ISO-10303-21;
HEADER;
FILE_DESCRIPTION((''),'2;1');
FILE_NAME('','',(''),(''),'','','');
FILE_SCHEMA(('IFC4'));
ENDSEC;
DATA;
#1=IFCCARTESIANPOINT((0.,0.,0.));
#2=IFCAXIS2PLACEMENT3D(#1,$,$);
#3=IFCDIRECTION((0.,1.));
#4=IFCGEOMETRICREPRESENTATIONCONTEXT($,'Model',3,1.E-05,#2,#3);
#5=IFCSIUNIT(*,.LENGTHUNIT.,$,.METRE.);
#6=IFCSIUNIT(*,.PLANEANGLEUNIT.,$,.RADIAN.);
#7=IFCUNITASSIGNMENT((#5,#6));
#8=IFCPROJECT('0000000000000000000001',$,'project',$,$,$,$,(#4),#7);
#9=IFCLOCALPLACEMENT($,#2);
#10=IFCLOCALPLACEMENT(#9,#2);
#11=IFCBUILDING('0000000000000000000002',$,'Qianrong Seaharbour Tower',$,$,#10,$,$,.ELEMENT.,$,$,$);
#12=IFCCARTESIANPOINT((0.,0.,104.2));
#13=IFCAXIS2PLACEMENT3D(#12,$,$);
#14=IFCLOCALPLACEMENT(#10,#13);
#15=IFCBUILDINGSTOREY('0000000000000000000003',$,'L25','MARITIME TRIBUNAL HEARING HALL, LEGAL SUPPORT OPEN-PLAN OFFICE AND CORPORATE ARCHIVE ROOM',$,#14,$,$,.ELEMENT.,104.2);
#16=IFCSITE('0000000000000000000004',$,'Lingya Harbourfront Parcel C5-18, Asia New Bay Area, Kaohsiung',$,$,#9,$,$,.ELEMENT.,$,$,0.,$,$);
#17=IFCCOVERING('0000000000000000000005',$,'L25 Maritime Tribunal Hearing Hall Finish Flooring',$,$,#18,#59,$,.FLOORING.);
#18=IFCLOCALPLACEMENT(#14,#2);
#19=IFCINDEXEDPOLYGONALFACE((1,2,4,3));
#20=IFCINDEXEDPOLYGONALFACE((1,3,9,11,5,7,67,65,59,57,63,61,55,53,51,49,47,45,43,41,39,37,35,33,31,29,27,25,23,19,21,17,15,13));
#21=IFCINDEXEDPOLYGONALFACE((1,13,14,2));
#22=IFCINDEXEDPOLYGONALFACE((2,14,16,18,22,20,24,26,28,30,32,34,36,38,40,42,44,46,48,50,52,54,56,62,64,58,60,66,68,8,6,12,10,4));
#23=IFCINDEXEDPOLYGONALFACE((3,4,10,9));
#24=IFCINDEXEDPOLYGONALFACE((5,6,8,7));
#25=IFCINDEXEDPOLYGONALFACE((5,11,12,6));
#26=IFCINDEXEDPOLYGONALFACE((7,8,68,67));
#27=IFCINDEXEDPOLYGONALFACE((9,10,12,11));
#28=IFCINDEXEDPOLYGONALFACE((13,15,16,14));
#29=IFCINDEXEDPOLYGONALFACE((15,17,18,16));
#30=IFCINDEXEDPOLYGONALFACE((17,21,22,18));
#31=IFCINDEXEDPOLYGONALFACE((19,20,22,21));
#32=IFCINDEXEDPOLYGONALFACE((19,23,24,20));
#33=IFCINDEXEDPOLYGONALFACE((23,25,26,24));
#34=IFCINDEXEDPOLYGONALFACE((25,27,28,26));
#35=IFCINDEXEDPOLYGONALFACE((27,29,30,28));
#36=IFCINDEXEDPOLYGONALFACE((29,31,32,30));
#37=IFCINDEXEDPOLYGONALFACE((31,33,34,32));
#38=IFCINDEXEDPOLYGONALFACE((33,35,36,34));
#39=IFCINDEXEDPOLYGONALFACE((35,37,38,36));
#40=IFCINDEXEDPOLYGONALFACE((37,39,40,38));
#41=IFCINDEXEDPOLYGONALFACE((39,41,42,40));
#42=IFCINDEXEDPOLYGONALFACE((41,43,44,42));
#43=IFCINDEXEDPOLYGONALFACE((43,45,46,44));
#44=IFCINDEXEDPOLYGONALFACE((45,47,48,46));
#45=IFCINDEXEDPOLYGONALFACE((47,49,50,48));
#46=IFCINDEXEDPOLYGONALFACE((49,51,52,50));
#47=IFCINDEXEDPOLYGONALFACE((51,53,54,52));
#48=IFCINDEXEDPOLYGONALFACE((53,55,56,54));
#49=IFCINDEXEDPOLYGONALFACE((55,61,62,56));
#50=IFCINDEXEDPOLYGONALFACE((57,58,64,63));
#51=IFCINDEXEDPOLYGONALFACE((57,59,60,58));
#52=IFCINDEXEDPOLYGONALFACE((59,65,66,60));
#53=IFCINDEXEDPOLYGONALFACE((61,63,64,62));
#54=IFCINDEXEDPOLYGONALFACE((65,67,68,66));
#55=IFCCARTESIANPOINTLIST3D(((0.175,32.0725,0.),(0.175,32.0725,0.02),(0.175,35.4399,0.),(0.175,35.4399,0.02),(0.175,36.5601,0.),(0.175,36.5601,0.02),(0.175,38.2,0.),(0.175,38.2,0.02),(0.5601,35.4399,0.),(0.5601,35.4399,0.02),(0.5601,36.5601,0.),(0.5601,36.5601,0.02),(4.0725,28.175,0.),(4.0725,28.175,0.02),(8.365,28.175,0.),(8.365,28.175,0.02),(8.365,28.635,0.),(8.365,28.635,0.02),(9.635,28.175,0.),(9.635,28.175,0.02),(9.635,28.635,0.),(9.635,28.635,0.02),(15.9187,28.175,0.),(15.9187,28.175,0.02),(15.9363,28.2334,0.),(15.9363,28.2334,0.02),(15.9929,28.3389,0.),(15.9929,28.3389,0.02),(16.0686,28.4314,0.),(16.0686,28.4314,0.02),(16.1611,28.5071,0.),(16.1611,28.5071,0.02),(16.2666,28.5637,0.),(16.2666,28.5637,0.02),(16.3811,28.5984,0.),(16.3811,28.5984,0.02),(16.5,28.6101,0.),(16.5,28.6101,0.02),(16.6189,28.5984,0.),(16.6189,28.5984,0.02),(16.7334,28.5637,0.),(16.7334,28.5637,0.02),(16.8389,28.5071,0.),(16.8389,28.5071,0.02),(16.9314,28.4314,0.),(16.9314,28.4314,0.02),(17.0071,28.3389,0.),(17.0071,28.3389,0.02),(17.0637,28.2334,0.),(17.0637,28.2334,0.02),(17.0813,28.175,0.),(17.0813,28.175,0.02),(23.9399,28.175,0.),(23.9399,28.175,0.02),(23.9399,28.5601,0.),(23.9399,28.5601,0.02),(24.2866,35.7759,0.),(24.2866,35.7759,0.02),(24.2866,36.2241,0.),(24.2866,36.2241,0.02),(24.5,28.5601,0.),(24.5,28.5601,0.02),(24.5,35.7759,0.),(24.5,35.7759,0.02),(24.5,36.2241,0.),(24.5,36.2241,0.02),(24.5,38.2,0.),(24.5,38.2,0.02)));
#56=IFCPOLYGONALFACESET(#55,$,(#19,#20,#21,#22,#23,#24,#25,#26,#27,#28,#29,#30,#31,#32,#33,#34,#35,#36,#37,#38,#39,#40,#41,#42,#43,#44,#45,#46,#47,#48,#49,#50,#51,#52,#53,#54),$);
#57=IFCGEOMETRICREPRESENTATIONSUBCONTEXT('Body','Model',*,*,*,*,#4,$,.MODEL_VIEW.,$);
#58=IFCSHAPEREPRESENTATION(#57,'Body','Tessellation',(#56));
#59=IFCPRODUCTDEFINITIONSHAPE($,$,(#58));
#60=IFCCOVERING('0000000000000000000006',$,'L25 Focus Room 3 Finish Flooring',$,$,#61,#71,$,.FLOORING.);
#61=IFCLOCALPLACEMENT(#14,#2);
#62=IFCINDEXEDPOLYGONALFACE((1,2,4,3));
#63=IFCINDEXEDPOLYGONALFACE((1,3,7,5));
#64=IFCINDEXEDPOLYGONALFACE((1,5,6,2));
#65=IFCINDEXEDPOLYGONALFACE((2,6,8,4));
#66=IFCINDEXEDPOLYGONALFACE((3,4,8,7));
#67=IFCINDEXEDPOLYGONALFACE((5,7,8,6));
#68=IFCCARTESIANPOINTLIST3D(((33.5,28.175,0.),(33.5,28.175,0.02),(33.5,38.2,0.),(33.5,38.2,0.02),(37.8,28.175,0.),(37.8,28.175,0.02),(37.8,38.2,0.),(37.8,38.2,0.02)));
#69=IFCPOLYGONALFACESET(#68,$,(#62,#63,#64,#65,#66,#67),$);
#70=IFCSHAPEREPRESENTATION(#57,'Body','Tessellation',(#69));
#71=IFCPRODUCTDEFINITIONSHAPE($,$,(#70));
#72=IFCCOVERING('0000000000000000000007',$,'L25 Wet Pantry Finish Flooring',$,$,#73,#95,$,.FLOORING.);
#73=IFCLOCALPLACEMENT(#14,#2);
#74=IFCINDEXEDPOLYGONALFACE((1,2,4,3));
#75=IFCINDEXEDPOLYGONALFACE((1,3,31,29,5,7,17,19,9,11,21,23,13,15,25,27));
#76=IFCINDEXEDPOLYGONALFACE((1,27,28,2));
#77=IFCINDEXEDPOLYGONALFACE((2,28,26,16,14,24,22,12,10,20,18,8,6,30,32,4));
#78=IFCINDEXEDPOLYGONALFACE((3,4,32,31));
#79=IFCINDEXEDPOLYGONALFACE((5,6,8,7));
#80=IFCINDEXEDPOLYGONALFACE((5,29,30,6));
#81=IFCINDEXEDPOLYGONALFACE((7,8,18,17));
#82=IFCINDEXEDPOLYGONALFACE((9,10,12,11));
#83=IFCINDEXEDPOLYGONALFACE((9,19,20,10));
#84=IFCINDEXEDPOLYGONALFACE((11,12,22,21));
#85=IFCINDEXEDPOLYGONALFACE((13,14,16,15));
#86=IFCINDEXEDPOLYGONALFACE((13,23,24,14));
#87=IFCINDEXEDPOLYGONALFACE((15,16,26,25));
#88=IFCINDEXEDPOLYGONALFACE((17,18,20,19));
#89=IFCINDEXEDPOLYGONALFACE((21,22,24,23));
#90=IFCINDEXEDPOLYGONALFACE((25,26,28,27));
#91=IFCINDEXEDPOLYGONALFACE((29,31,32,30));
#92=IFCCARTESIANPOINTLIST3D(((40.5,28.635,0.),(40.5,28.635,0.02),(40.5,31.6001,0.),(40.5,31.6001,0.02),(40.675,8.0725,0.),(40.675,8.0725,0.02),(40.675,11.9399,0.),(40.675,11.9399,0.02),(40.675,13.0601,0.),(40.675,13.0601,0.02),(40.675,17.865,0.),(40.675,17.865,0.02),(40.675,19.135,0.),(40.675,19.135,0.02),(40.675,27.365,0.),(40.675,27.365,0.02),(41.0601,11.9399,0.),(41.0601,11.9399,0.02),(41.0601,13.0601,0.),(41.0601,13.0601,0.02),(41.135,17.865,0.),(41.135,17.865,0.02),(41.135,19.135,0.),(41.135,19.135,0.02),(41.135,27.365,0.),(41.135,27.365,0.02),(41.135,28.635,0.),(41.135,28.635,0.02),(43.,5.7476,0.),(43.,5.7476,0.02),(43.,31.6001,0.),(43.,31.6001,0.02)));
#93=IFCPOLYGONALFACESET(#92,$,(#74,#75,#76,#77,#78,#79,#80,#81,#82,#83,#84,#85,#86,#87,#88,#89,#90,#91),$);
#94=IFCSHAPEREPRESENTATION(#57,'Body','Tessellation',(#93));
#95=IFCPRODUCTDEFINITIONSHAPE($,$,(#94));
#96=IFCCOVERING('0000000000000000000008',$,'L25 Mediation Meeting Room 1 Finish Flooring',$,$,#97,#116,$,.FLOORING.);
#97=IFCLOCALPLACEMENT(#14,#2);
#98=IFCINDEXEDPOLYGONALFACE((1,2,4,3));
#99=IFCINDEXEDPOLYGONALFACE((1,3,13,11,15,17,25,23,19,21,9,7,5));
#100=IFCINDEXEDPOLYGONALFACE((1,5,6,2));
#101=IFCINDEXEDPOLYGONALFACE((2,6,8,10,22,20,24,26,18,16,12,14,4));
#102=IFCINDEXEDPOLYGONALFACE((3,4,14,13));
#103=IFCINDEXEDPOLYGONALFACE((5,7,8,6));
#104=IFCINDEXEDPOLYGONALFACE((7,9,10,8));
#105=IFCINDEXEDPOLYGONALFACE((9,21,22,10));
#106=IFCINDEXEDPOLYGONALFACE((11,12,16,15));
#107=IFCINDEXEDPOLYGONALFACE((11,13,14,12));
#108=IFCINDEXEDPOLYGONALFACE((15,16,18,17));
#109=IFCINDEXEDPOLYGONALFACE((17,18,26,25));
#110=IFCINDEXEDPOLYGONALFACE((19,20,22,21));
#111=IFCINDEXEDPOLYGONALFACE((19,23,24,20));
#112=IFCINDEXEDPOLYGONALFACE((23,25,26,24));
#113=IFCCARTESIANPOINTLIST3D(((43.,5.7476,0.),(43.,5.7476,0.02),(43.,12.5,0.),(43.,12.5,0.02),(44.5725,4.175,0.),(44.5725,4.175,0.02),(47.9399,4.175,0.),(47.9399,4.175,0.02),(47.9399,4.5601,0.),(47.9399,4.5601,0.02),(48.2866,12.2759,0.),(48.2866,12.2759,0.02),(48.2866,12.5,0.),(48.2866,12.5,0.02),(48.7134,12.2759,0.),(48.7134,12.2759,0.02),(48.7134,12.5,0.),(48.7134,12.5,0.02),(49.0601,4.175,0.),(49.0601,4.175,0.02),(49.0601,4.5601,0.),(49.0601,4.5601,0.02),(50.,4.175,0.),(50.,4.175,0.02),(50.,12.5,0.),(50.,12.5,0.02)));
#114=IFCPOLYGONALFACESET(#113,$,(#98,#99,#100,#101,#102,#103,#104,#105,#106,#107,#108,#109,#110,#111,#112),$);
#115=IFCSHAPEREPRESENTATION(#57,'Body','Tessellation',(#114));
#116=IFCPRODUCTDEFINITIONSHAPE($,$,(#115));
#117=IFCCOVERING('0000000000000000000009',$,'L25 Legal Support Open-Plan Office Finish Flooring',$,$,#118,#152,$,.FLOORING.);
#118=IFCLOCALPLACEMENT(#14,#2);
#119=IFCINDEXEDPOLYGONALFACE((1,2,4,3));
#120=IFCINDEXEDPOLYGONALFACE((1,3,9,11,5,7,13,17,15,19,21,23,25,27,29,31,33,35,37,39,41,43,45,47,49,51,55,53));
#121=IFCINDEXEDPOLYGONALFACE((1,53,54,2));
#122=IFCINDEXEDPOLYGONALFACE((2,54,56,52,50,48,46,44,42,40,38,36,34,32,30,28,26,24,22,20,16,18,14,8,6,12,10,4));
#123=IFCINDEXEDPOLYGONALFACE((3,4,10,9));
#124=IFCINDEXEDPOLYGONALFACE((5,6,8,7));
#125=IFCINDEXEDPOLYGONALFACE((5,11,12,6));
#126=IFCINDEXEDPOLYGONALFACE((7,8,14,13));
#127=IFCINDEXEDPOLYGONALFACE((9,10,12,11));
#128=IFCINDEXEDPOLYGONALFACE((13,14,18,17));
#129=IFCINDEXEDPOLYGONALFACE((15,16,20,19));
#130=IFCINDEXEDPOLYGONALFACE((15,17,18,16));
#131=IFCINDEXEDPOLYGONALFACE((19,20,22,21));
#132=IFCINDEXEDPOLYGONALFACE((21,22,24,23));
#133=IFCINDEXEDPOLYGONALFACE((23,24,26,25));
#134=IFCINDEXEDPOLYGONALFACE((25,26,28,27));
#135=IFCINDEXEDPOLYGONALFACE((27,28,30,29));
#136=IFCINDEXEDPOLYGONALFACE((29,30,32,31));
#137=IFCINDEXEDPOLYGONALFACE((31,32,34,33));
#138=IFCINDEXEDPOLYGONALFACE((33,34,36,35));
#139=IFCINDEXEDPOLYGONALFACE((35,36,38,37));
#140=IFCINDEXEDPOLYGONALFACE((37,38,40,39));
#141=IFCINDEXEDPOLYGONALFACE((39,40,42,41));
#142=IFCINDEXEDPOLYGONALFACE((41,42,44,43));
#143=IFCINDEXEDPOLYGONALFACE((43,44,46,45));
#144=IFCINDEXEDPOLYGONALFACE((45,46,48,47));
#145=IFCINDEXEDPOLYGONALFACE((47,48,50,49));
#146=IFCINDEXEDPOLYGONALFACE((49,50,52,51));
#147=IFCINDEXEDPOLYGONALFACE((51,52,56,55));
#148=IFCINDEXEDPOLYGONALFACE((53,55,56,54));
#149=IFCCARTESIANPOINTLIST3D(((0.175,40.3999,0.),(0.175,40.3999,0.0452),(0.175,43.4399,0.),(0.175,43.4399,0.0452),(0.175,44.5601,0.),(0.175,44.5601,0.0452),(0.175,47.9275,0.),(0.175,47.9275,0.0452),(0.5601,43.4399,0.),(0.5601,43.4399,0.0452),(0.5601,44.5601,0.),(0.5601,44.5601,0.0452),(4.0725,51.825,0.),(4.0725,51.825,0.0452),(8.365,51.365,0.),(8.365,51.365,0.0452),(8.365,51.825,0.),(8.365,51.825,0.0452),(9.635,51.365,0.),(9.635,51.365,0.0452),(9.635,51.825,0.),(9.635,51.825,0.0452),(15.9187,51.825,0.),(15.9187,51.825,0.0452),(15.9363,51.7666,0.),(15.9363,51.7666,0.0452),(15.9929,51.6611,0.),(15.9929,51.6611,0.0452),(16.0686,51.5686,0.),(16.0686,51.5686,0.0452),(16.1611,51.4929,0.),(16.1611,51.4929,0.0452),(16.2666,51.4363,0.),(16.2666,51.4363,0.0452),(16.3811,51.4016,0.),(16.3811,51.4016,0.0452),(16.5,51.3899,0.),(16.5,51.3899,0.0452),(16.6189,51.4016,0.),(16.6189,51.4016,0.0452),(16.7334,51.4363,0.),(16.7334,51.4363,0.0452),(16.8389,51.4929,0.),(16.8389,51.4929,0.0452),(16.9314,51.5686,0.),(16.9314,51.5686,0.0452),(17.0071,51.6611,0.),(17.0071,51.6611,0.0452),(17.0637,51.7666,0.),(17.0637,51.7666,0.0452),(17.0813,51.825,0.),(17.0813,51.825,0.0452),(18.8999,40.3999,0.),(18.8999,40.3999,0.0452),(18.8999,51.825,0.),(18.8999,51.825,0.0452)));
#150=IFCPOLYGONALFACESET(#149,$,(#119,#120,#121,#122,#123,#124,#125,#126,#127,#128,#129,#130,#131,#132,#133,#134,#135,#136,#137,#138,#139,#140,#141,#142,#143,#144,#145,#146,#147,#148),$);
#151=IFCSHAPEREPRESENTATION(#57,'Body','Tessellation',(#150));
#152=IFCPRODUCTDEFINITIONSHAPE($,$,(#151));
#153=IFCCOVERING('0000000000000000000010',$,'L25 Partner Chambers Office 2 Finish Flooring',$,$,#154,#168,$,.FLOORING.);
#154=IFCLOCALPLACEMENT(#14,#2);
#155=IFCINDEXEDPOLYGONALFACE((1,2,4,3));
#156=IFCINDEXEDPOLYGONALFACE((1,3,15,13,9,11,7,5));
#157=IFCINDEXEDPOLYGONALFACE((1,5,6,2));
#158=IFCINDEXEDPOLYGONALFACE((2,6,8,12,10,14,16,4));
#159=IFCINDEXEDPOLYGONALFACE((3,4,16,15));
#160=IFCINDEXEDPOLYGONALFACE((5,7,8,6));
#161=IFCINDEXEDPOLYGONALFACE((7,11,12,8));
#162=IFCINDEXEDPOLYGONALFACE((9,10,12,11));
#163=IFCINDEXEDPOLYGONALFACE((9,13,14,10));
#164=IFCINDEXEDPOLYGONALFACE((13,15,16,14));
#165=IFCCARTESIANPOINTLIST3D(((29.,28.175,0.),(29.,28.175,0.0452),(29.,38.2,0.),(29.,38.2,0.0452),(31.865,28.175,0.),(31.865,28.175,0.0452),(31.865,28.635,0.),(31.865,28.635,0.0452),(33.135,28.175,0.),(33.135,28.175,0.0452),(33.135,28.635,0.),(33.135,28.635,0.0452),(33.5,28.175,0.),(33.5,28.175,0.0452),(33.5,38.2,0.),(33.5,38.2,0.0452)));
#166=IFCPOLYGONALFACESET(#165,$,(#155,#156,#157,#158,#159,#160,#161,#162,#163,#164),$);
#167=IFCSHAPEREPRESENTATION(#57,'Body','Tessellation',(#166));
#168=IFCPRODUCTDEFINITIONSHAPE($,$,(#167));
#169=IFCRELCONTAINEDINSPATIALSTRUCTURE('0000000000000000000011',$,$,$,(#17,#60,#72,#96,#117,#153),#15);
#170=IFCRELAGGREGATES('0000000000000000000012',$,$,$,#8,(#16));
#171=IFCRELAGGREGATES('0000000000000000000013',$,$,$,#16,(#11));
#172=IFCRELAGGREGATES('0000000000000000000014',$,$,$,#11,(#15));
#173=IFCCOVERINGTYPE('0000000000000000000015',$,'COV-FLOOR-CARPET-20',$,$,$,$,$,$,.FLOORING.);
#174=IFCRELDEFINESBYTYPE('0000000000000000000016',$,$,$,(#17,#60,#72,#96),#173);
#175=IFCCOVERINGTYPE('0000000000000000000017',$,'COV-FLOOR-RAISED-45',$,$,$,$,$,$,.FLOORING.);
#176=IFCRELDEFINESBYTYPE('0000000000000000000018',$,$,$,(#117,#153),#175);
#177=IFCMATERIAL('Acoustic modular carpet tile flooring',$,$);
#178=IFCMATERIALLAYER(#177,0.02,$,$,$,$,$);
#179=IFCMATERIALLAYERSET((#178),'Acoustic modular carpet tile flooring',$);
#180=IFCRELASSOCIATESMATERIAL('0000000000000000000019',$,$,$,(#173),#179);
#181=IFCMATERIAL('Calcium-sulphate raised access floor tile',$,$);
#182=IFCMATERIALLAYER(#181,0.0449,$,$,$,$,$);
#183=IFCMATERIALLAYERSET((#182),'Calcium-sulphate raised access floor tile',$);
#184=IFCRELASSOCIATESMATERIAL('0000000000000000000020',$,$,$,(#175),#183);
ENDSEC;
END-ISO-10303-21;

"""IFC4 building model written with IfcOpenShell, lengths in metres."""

from ifc_helpers import new_model, si_unit, direction, frame, origin, place, context, subcontext, project, spatial, polyline, outline, extrude, material, layer, layer_set, type_object, element, save


model = new_model("IFC4")

# Units and contexts
model_context = context("Model", 3, precision=1e-05, world=origin(), true_north=direction((0.0, 1.0)))
body_context = subcontext(model_context, "Body", "Model", "MODEL_VIEW")
ifc_project = project(units=[si_unit("LENGTHUNIT", "METRE"), si_unit("PLANEANGLEUNIT", "RADIAN")], contexts=[model_context])

# Site, building, storey
site_placement = place(None, origin())
site = spatial("IfcSite", under=ifc_project, at=site_placement, Name="Lingya Harbourfront Parcel C5-18, Asia New Bay Area, Kaohsiung", CompositionType="ELEMENT", RefElevation=0.0)
building_placement = place(site_placement, origin())
building = spatial("IfcBuilding", under=site, at=building_placement, Name="Qianrong Seaharbour Tower", CompositionType="ELEMENT")
storey_placement = place(building_placement, frame((0.0, 0.0, 104.2)))
storey = spatial("IfcBuildingStorey", under=building, at=storey_placement, Name="L25", Description="MARITIME TRIBUNAL HEARING HALL, LEGAL SUPPORT OPEN-PLAN OFFICE AND CORPORATE ARCHIVE ROOM", CompositionType="ELEMENT", Elevation=104.2)

# Coverings
ifc_material_1 = material(Name="Acoustic modular carpet tile flooring")
ifc_layer_1 = layer(ifc_material_1, 0.02)
ifc_layer_set_1 = layer_set([ifc_layer_1], Name="Acoustic modular carpet tile flooring")
covering_type_1 = type_object("IfcCoveringType", Name="COV-FLOOR-CARPET-20", PredefinedType="FLOORING", material=ifc_layer_set_1)
covering_1_placement = place(storey_placement, origin())
element("IfcCovering", 1, at=covering_1_placement, inside=storey, type_object=covering_type_1, Name="L25 Maritime Tribunal Hearing Hall Finish Flooring", PredefinedType="FLOORING", context=body_context, shape_type="SweptSolid", body=[
    extrude(outline(polyline([(17.0813, 28.175), (17.0637, 28.2334), (17.0071, 28.3389), (16.9314, 28.4314), (16.8389, 28.5071), (16.7334, 28.5637), (16.6189, 28.5984), (16.5, 28.6101), (16.3811, 28.5984), (16.2666, 28.5637), (16.1611, 28.5071), (16.0686, 28.4314), (15.9929, 28.3389), (15.9363, 28.2334), (15.9187, 28.175), (9.635, 28.175), (9.635, 28.635), (8.365, 28.635), (8.365, 28.175), (4.0725, 28.175), (0.175, 32.0725), (0.175, 35.4399), (0.5601, 35.4399), (0.5601, 36.5601), (0.175, 36.5601), (0.175, 38.2), (24.5, 38.2), (24.5, 36.2241), (24.2866, 36.2241), (24.2866, 35.7759), (24.5, 35.7759), (24.5, 28.5601), (23.9399, 28.5601), (23.9399, 28.175), (17.0813, 28.175)])), origin(), (0.0, 0.0, 1.0), 0.02),
])
covering_2_placement = place(storey_placement, origin())
element("IfcCovering", 2, at=covering_2_placement, inside=storey, type_object=covering_type_1, Name="L25 Focus Room 3 Finish Flooring", PredefinedType="FLOORING", context=body_context, shape_type="SweptSolid", body=[
    extrude(outline(polyline([(37.8, 28.175), (33.5, 28.175), (33.5, 38.2), (37.8, 38.2), (37.8, 28.175)])), origin(), (0.0, 0.0, 1.0), 0.02),
])
covering_3_placement = place(storey_placement, origin())
element("IfcCovering", 3, at=covering_3_placement, inside=storey, type_object=covering_type_1, Name="L25 Wet Pantry Finish Flooring", PredefinedType="FLOORING", context=body_context, shape_type="SweptSolid", body=[
    extrude(outline(polyline([(43.0, 5.7476), (40.675, 8.0725), (40.675, 11.9399), (41.0601, 11.9399), (41.0601, 13.0601), (40.675, 13.0601), (40.675, 17.865), (41.135, 17.865), (41.135, 19.135), (40.675, 19.135), (40.675, 27.365), (41.135, 27.365), (41.135, 28.635), (40.5, 28.635), (40.5, 31.6001), (43.0, 31.6001), (43.0, 5.7476)])), origin(), (0.0, 0.0, 1.0), 0.02),
])
covering_4_placement = place(storey_placement, origin())
element("IfcCovering", 4, at=covering_4_placement, inside=storey, type_object=covering_type_1, Name="L25 Mediation Meeting Room 1 Finish Flooring", PredefinedType="FLOORING", context=body_context, shape_type="SweptSolid", body=[
    extrude(outline(polyline([(50.0, 4.175), (49.0601, 4.175), (49.0601, 4.5601), (47.9399, 4.5601), (47.9399, 4.175), (44.5725, 4.175), (43.0, 5.7476), (43.0, 12.5), (48.2866, 12.5), (48.2866, 12.2759), (48.7134, 12.2759), (48.7134, 12.5), (50.0, 12.5), (50.0, 4.175)])), origin(), (0.0, 0.0, 1.0), 0.02),
])
ifc_material_2 = material(Name="Calcium-sulphate raised access floor tile")
ifc_layer_2 = layer(ifc_material_2, 0.0449)
ifc_layer_set_2 = layer_set([ifc_layer_2], Name="Calcium-sulphate raised access floor tile")
covering_type_2 = type_object("IfcCoveringType", Name="COV-FLOOR-RAISED-45", PredefinedType="FLOORING", material=ifc_layer_set_2)
covering_5_placement = place(storey_placement, origin())
element("IfcCovering", 5, at=covering_5_placement, inside=storey, type_object=covering_type_2, Name="L25 Legal Support Open-Plan Office Finish Flooring", PredefinedType="FLOORING", context=body_context, shape_type="SweptSolid", body=[
    extrude(outline(polyline([(0.175, 43.4399), (0.5601, 43.4399), (0.5601, 44.5601), (0.175, 44.5601), (0.175, 47.9275), (4.0725, 51.825), (8.365, 51.825), (8.365, 51.365), (9.635, 51.365), (9.635, 51.825), (15.9187, 51.825), (15.9363, 51.7666), (15.9929, 51.6611), (16.0686, 51.5686), (16.1611, 51.4929), (16.2666, 51.4363), (16.3811, 51.4016), (16.5, 51.3899), (16.6189, 51.4016), (16.7334, 51.4363), (16.8389, 51.4929), (16.9314, 51.5686), (17.0071, 51.6611), (17.0637, 51.7666), (17.0813, 51.825), (18.8999, 51.825), (18.8999, 40.3999), (0.175, 40.3999), (0.175, 43.4399)])), origin(), (0.0, 0.0, 1.0), 0.0452),
])
covering_6_placement = place(storey_placement, origin())
element("IfcCovering", 6, at=covering_6_placement, inside=storey, type_object=covering_type_2, Name="L25 Partner Chambers Office 2 Finish Flooring", PredefinedType="FLOORING", context=body_context, shape_type="SweptSolid", body=[
    extrude(outline(polyline([(33.5, 28.175), (33.135, 28.175), (33.135, 28.635), (31.865, 28.635), (31.865, 28.175), (29.0, 28.175), (29.0, 38.2), (33.5, 38.2), (33.5, 28.175)])), origin(), (0.0, 0.0, 1.0), 0.0452),
])

save(model, "model.ifc")
